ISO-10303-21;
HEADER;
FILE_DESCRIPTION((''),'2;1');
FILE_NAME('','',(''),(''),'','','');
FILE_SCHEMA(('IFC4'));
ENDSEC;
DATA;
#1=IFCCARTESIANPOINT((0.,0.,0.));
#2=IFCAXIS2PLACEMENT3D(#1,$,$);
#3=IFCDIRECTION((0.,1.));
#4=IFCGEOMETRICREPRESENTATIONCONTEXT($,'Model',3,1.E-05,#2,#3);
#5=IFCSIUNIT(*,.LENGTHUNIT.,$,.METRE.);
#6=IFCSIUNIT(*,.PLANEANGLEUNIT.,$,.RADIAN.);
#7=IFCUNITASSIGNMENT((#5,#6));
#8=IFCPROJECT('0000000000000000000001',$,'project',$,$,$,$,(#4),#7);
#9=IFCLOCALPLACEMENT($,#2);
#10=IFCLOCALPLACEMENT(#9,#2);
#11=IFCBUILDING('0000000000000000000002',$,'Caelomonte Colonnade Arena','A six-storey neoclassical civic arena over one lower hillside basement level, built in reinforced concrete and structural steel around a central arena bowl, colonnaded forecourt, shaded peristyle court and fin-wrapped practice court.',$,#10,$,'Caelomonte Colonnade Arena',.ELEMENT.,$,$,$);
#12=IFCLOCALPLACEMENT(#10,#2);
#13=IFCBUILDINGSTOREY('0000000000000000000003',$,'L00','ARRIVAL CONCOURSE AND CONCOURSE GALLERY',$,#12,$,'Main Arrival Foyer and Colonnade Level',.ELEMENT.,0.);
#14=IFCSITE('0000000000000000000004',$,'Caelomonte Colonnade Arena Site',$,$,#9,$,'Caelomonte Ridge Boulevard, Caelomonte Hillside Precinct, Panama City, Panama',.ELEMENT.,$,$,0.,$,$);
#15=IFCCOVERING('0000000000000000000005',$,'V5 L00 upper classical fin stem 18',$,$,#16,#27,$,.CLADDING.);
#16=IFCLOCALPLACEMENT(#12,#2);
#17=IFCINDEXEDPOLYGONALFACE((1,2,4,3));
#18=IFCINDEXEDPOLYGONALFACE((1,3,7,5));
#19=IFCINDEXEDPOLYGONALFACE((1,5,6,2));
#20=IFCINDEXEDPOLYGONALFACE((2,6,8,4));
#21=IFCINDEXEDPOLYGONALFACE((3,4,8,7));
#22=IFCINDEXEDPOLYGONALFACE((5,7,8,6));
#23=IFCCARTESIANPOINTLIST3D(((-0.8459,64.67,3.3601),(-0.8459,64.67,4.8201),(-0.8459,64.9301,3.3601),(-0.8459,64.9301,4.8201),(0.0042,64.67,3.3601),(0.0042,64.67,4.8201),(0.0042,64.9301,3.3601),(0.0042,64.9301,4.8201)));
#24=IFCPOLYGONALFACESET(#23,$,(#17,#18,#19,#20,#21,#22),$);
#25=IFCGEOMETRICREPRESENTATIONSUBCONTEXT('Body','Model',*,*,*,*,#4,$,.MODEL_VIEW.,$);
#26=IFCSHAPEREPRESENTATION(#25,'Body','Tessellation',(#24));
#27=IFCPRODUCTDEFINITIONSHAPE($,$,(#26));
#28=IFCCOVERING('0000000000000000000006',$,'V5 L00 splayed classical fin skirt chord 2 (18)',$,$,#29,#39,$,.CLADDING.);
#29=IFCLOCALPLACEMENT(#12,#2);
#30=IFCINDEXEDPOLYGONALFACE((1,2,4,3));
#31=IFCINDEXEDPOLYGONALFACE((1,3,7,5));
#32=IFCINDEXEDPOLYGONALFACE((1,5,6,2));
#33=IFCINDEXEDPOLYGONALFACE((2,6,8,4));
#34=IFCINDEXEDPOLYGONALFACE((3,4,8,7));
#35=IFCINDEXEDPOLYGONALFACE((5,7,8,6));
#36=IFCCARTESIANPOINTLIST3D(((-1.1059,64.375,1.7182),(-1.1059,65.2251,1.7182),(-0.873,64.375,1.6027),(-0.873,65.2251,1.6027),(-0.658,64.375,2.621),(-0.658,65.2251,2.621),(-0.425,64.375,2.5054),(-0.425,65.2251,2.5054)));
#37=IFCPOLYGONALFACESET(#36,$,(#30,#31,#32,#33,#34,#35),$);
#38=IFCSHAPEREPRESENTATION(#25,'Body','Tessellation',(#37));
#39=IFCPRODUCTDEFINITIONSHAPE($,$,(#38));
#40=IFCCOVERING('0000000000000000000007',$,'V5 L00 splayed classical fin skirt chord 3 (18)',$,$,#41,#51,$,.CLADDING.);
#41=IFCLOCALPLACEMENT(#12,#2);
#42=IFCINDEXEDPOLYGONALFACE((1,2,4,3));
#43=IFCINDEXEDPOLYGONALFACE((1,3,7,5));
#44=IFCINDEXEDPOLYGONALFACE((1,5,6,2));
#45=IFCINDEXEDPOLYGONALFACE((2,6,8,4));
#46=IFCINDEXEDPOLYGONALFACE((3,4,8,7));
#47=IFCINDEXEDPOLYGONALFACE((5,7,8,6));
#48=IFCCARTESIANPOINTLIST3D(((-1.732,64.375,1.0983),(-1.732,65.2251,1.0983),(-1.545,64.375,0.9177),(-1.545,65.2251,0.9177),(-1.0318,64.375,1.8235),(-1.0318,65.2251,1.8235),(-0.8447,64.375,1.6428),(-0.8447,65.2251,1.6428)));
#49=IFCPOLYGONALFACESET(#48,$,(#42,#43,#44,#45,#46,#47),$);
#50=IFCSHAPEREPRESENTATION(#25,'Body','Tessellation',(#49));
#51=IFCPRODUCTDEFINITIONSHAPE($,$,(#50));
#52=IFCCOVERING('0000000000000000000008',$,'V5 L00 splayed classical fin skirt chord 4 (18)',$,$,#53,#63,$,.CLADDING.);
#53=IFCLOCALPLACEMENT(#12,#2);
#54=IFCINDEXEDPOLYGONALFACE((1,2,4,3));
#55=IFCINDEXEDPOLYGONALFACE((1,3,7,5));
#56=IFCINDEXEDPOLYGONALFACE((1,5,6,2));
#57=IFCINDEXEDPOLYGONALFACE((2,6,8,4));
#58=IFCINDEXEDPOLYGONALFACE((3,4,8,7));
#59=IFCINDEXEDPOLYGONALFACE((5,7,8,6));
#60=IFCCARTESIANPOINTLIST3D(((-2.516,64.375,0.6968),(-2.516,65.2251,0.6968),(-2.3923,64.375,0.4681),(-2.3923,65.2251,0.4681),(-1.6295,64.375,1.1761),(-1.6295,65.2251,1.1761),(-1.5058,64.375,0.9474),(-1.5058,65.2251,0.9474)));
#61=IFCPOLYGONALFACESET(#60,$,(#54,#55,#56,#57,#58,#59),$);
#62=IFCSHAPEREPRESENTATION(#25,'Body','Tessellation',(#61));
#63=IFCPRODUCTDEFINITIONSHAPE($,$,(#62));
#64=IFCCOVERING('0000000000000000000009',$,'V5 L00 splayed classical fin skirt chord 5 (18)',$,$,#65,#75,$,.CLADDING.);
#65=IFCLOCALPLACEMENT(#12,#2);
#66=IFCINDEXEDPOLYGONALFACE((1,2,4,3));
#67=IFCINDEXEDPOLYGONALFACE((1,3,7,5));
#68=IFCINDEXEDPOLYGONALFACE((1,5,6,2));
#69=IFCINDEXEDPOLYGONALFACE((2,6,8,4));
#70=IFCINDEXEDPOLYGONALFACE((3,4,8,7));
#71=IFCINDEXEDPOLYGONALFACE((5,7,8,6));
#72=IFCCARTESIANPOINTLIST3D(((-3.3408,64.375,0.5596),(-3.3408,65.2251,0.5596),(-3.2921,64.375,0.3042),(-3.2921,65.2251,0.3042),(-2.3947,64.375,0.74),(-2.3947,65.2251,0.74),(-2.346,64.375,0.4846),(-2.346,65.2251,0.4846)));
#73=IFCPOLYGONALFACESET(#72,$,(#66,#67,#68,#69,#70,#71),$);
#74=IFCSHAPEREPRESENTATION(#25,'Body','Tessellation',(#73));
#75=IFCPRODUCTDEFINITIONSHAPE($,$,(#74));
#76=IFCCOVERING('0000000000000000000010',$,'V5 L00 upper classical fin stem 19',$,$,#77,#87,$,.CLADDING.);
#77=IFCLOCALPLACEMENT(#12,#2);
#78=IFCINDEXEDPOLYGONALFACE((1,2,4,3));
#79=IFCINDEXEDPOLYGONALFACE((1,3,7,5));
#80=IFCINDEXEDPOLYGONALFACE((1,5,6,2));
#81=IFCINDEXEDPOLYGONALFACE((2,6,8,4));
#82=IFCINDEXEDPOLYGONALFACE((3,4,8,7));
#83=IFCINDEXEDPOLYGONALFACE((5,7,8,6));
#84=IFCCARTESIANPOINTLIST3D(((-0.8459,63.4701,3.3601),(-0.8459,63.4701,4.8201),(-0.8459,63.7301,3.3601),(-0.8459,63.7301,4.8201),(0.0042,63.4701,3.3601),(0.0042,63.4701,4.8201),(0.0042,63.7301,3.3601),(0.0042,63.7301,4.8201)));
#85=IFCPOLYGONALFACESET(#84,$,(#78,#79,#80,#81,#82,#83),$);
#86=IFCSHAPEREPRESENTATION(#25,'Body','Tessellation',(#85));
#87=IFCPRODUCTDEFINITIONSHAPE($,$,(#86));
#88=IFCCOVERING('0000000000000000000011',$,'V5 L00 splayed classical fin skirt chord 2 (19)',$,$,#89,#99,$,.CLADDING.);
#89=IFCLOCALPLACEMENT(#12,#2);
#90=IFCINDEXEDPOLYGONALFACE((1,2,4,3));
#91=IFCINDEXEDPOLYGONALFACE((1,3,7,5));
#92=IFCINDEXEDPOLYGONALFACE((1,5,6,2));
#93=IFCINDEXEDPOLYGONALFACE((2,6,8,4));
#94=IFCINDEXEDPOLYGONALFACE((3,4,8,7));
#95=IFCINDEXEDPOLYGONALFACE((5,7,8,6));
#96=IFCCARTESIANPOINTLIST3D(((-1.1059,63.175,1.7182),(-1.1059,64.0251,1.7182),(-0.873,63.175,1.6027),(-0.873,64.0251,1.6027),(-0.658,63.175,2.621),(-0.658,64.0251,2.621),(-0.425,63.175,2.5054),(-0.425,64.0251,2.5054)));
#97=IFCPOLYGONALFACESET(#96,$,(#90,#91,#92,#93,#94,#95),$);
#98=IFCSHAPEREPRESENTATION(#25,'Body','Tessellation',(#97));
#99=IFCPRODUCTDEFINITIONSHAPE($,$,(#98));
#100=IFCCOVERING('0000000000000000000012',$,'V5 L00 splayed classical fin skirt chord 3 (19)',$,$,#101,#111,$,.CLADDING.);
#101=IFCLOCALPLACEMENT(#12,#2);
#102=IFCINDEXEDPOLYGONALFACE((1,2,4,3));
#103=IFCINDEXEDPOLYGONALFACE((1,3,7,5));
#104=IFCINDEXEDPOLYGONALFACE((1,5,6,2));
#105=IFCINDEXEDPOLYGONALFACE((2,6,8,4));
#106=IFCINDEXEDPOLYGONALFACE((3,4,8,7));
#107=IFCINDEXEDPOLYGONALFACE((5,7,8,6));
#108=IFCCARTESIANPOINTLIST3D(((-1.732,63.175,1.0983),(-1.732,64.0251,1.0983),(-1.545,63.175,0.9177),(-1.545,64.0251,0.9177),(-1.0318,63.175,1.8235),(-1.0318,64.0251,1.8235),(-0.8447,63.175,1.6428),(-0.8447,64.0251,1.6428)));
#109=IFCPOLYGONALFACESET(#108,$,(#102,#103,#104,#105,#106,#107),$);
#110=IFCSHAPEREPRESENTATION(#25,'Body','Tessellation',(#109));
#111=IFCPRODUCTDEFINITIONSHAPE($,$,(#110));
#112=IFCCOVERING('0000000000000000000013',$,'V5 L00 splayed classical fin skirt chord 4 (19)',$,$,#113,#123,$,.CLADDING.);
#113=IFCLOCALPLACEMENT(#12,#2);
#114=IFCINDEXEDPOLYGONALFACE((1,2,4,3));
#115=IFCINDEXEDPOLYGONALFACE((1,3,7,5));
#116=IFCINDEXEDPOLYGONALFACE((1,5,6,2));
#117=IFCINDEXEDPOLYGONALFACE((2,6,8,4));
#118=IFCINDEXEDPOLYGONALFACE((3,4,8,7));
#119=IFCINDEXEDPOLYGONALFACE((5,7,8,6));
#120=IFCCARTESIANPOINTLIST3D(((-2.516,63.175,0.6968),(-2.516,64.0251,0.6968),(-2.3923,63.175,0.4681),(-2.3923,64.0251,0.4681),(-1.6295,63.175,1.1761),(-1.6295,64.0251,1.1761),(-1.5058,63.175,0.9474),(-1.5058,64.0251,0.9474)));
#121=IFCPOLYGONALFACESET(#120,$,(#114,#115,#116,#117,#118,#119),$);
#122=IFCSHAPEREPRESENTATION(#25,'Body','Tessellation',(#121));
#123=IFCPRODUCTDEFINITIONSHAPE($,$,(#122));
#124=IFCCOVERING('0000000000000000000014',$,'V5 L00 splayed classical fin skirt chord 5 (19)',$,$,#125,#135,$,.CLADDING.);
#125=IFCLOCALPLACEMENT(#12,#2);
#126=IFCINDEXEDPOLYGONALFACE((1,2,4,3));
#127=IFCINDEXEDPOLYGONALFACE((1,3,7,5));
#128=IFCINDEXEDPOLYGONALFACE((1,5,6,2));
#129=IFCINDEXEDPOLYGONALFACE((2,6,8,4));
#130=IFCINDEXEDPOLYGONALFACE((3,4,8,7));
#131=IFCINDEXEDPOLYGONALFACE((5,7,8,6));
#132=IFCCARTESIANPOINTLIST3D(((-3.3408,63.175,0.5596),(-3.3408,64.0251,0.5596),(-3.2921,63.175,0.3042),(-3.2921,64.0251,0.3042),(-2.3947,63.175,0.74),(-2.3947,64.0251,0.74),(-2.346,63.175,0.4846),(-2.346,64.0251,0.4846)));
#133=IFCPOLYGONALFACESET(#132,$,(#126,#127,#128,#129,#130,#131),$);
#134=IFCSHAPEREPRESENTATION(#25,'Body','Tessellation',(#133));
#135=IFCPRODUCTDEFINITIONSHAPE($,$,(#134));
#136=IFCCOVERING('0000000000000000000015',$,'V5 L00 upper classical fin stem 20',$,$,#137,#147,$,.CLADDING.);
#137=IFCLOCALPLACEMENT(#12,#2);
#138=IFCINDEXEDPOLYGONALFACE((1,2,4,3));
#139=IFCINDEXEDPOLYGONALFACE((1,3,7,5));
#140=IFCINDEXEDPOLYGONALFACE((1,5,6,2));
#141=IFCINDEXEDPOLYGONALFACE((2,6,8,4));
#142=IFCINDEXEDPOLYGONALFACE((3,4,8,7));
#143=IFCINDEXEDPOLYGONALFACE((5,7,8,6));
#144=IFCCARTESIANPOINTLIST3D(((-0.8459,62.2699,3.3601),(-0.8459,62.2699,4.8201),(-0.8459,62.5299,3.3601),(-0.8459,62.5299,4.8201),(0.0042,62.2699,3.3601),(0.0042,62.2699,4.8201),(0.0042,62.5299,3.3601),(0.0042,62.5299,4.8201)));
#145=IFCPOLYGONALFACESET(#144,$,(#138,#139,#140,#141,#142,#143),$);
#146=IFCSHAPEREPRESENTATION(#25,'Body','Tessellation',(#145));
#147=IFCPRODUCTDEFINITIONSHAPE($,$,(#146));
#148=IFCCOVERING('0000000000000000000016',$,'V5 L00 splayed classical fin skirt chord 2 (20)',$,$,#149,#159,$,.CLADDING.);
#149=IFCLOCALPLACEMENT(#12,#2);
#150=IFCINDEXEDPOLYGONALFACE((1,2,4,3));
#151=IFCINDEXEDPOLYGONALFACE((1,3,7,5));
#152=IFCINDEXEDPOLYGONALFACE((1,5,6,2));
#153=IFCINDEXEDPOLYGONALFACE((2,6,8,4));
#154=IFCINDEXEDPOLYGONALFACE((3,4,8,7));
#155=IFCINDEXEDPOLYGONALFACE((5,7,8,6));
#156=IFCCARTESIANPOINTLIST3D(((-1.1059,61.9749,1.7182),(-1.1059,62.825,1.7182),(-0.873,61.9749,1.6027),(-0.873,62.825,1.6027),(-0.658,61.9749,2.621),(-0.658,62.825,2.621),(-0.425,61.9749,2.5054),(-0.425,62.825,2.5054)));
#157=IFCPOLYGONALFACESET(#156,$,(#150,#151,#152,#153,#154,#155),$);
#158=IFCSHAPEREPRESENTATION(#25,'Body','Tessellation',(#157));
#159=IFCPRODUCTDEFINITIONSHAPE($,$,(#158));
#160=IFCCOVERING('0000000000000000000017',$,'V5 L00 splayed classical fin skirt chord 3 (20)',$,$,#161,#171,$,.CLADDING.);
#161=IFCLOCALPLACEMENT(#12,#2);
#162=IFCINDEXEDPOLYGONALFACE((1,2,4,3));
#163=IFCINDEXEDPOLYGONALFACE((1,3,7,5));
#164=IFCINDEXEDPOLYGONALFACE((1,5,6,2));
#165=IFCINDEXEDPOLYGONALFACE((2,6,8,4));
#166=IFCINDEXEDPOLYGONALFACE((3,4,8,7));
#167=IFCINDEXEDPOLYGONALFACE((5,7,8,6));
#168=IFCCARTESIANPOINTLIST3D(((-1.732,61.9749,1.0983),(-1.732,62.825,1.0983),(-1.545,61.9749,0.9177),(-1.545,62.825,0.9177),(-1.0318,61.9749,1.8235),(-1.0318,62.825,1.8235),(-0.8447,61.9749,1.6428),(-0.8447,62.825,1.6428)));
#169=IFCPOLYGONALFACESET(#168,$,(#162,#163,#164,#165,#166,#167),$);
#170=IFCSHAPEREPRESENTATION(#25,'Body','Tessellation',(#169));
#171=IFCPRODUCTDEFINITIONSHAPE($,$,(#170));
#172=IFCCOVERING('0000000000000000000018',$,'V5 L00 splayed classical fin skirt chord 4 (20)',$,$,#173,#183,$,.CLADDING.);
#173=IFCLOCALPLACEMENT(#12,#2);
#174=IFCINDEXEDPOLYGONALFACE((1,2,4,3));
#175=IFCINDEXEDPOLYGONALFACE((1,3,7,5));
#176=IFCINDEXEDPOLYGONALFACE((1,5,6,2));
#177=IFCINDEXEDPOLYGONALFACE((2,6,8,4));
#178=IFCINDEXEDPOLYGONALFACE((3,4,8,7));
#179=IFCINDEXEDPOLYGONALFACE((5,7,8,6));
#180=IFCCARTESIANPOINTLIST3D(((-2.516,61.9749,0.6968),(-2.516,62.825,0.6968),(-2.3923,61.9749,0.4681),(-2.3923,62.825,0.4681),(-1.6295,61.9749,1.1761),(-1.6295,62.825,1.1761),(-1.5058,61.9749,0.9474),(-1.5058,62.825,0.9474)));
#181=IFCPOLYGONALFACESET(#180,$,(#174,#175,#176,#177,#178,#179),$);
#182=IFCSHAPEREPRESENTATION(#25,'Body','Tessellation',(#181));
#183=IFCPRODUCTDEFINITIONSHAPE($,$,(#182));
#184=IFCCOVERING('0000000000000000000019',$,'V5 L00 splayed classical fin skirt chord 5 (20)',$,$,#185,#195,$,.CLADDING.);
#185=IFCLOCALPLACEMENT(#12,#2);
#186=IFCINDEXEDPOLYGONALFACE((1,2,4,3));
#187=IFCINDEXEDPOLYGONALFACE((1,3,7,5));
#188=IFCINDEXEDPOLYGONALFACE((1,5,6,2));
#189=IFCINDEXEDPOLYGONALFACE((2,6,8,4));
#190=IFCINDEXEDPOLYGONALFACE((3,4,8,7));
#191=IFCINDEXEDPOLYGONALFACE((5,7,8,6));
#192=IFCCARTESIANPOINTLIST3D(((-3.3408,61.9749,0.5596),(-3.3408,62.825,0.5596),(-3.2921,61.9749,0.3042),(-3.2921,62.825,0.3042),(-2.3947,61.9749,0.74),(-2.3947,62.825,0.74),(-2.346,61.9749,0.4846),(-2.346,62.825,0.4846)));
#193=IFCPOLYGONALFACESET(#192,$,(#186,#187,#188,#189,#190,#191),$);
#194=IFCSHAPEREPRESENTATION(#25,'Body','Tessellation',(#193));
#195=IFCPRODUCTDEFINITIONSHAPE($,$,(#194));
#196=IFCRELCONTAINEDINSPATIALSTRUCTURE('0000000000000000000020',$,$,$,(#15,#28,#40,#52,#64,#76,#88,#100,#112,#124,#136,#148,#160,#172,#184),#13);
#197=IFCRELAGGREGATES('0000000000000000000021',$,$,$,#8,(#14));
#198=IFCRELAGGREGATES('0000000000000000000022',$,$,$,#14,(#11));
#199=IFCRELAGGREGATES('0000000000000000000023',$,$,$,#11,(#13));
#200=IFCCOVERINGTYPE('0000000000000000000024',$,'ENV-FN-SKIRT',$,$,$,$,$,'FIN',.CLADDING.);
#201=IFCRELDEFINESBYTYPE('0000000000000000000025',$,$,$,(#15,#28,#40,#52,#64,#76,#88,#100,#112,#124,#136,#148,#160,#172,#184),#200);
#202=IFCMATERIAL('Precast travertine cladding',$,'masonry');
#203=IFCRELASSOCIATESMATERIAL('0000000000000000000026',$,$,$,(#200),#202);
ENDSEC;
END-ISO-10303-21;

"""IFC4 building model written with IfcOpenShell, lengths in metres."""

from ifc_helpers import new_model, si_unit, direction, frame, origin, origin_2d, place, context, subcontext, project, spatial, rectangle, extrude, material, material_profile, profile_set, type_object, element, save


model = new_model("IFC4")

# Units and contexts
model_context = context("Model", 3, precision=1e-05, world=origin(), true_north=direction((0.0, 1.0)))
body_context = subcontext(model_context, "Body", "Model", "MODEL_VIEW")
ifc_project = project(units=[si_unit("LENGTHUNIT", "METRE"), si_unit("PLANEANGLEUNIT", "RADIAN")], contexts=[model_context])

# Site, building, storey
site_placement = place(None, origin())
site = spatial("IfcSite", under=ifc_project, at=site_placement, Name="Caelomonte Colonnade Arena Site", LongName="Caelomonte Ridge Boulevard, Caelomonte Hillside Precinct, Panama City, Panama", CompositionType="ELEMENT", RefElevation=0.0)
building_placement = place(site_placement, origin())
building = spatial("IfcBuilding", under=site, at=building_placement, Name="Caelomonte Colonnade Arena", Description="A six-storey neoclassical civic arena over one lower hillside basement level, built in reinforced concrete and structural steel around a central arena bowl, colonnaded forecourt, shaded peristyle court and fin-wrapped practice court.", LongName="Caelomonte Colonnade Arena", CompositionType="ELEMENT")
storey_placement = place(building_placement, origin())
storey = spatial("IfcBuildingStorey", under=building, at=storey_placement, Name="L00", Description="ARRIVAL CONCOURSE AND CONCOURSE GALLERY", LongName="Main Arrival Foyer and Colonnade Level", CompositionType="ELEMENT", Elevation=0.0)

# Coverings
ifc_material = material(Name="Precast travertine cladding", Category="masonry")
ifc_material_profile = material_profile(ifc_material, rectangle(XDim=0.26, YDim=0.8501, at=origin_2d()), Name="FIN260X850")
ifc_profile_set = profile_set([ifc_material_profile], Name="Precast travertine cladding")
covering_type = type_object("IfcCoveringType", Name="ENV-FN-SKIRT", ElementType="FIN", PredefinedType="CLADDING", material=ifc_profile_set)
covering_1_placement = place(storey_placement, frame((-0.4209, 64.8, 3.3601), z_axis=(0.0, 0.0, 1.0), x_axis=(0.0, 1.0, 0.0)))
element("IfcCovering", 1, at=covering_1_placement, inside=storey, type_object=covering_type, Name="V5 L00 upper classical fin stem 18", PredefinedType="CLADDING", context=body_context, shape_type="SweptSolid", body=[
    extrude(rectangle(XDim=0.26, YDim=0.8501, at=origin_2d()), origin(), (0.0, 0.0, 1.0), 1.46),
])
covering_2_placement = place(storey_placement, frame((-0.5415, 64.8, 2.5632), z_axis=(-0.444499, 0.0, -0.89578), x_axis=(-0.89578, 0.0, 0.444499)))
element("IfcCovering", 2, at=covering_2_placement, inside=storey, type_object=covering_type, Name="V5 L00 splayed classical fin skirt chord 2 (18)", PredefinedType="CLADDING", context=body_context, shape_type="SweptSolid", body=[
    extrude(rectangle(XDim=0.26, YDim=0.8501, at=origin_2d()), origin(), (0.0, 0.0, 1.0), 1.0078),
])
covering_3_placement = place(storey_placement, frame((-0.9382, 64.8, 1.7332), z_axis=(-0.694646, 0.0, -0.719351), x_axis=(-0.719351, 0.0, 0.694646)))
element("IfcCovering", 3, at=covering_3_placement, inside=storey, type_object=covering_type, Name="V5 L00 splayed classical fin skirt chord 3 (18)", PredefinedType="CLADDING", context=body_context, shape_type="SweptSolid", body=[
    extrude(rectangle(XDim=0.26, YDim=0.8501, at=origin_2d()), origin(), (0.0, 0.0, 1.0), 1.0081),
])
covering_4_placement = place(storey_placement, frame((-1.5676, 64.8, 1.0618), z_axis=(-0.879676, 0.0, -0.475573), x_axis=(-0.475573, 0.0, 0.879676)))
element("IfcCovering", 4, at=covering_4_placement, inside=storey, type_object=covering_type, Name="V5 L00 splayed classical fin skirt chord 4 (18)", PredefinedType="CLADDING", context=body_context, shape_type="SweptSolid", body=[
    extrude(rectangle(XDim=0.26, YDim=0.8501, at=origin_2d()), origin(), (0.0, 0.0, 1.0), 1.0078),
])
covering_5_placement = place(storey_placement, frame((-2.3704, 64.8, 0.6123), z_axis=(-0.982296, 0.0, -0.187333), x_axis=(-0.187333, 0.0, 0.982296)))
element("IfcCovering", 5, at=covering_5_placement, inside=storey, type_object=covering_type, Name="V5 L00 splayed classical fin skirt chord 5 (18)", PredefinedType="CLADDING", context=body_context, shape_type="SweptSolid", body=[
    extrude(rectangle(XDim=0.26, YDim=0.8501, at=origin_2d()), origin(), (0.0, 0.0, 1.0), 0.9631),
])
covering_6_placement = place(storey_placement, frame((-0.4209, 63.6001, 3.3601), z_axis=(0.0, 0.0, 1.0), x_axis=(0.0, 1.0, 0.0)))
element("IfcCovering", 6, at=covering_6_placement, inside=storey, type_object=covering_type, Name="V5 L00 upper classical fin stem 19", PredefinedType="CLADDING", context=body_context, shape_type="SweptSolid", body=[
    extrude(rectangle(XDim=0.26, YDim=0.8501, at=origin_2d()), origin(), (0.0, 0.0, 1.0), 1.46),
])
covering_7_placement = place(storey_placement, frame((-0.5415, 63.6001, 2.5632), z_axis=(-0.444499, 0.0, -0.89578), x_axis=(-0.89578, 0.0, 0.444499)))
element("IfcCovering", 7, at=covering_7_placement, inside=storey, type_object=covering_type, Name="V5 L00 splayed classical fin skirt chord 2 (19)", PredefinedType="CLADDING", context=body_context, shape_type="SweptSolid", body=[
    extrude(rectangle(XDim=0.26, YDim=0.8501, at=origin_2d()), origin(), (0.0, 0.0, 1.0), 1.0078),
])
covering_8_placement = place(storey_placement, frame((-0.9382, 63.6001, 1.7332), z_axis=(-0.694646, 0.0, -0.719351), x_axis=(-0.719351, 0.0, 0.694646)))
element("IfcCovering", 8, at=covering_8_placement, inside=storey, type_object=covering_type, Name="V5 L00 splayed classical fin skirt chord 3 (19)", PredefinedType="CLADDING", context=body_context, shape_type="SweptSolid", body=[
    extrude(rectangle(XDim=0.26, YDim=0.8501, at=origin_2d()), origin(), (0.0, 0.0, 1.0), 1.0081),
])
covering_9_placement = place(storey_placement, frame((-1.5676, 63.6001, 1.0618), z_axis=(-0.879676, 0.0, -0.475573), x_axis=(-0.475573, 0.0, 0.879676)))
element("IfcCovering", 9, at=covering_9_placement, inside=storey, type_object=covering_type, Name="V5 L00 splayed classical fin skirt chord 4 (19)", PredefinedType="CLADDING", context=body_context, shape_type="SweptSolid", body=[
    extrude(rectangle(XDim=0.26, YDim=0.8501, at=origin_2d()), origin(), (0.0, 0.0, 1.0), 1.0078),
])
covering_10_placement = place(storey_placement, frame((-2.3704, 63.6001, 0.6123), z_axis=(-0.982296, 0.0, -0.187333), x_axis=(-0.187333, 0.0, 0.982296)))
element("IfcCovering", 10, at=covering_10_placement, inside=storey, type_object=covering_type, Name="V5 L00 splayed classical fin skirt chord 5 (19)", PredefinedType="CLADDING", context=body_context, shape_type="SweptSolid", body=[
    extrude(rectangle(XDim=0.26, YDim=0.8501, at=origin_2d()), origin(), (0.0, 0.0, 1.0), 0.9631),
])
covering_11_placement = place(storey_placement, frame((-0.4209, 62.3999, 3.3601), z_axis=(0.0, 0.0, 1.0), x_axis=(0.0, 1.0, 0.0)))
element("IfcCovering", 11, at=covering_11_placement, inside=storey, type_object=covering_type, Name="V5 L00 upper classical fin stem 20", PredefinedType="CLADDING", context=body_context, shape_type="SweptSolid", body=[
    extrude(rectangle(XDim=0.26, YDim=0.8501, at=origin_2d()), origin(), (0.0, 0.0, 1.0), 1.46),
])
covering_12_placement = place(storey_placement, frame((-0.5415, 62.3999, 2.5632), z_axis=(-0.444499, 0.0, -0.89578), x_axis=(-0.89578, 0.0, 0.444499)))
element("IfcCovering", 12, at=covering_12_placement, inside=storey, type_object=covering_type, Name="V5 L00 splayed classical fin skirt chord 2 (20)", PredefinedType="CLADDING", context=body_context, shape_type="SweptSolid", body=[
    extrude(rectangle(XDim=0.26, YDim=0.8501, at=origin_2d()), origin(), (0.0, 0.0, 1.0), 1.0078),
])
covering_13_placement = place(storey_placement, frame((-0.9382, 62.3999, 1.7332), z_axis=(-0.694646, 0.0, -0.719351), x_axis=(-0.719351, 0.0, 0.694646)))
element("IfcCovering", 13, at=covering_13_placement, inside=storey, type_object=covering_type, Name="V5 L00 splayed classical fin skirt chord 3 (20)", PredefinedType="CLADDING", context=body_context, shape_type="SweptSolid", body=[
    extrude(rectangle(XDim=0.26, YDim=0.8501, at=origin_2d()), origin(), (0.0, 0.0, 1.0), 1.0081),
])
covering_14_placement = place(storey_placement, frame((-1.5676, 62.3999, 1.0618), z_axis=(-0.879676, 0.0, -0.475573), x_axis=(-0.475573, 0.0, 0.879676)))
element("IfcCovering", 14, at=covering_14_placement, inside=storey, type_object=covering_type, Name="V5 L00 splayed classical fin skirt chord 4 (20)", PredefinedType="CLADDING", context=body_context, shape_type="SweptSolid", body=[
    extrude(rectangle(XDim=0.26, YDim=0.8501, at=origin_2d()), origin(), (0.0, 0.0, 1.0), 1.0078),
])
covering_15_placement = place(storey_placement, frame((-2.3704, 62.3999, 0.6123), z_axis=(-0.982296, 0.0, -0.187333), x_axis=(-0.187333, 0.0, 0.982296)))
element("IfcCovering", 15, at=covering_15_placement, inside=storey, type_object=covering_type, Name="V5 L00 splayed classical fin skirt chord 5 (20)", PredefinedType="CLADDING", context=body_context, shape_type="SweptSolid", body=[
    extrude(rectangle(XDim=0.26, YDim=0.8501, at=origin_2d()), origin(), (0.0, 0.0, 1.0), 0.9631),
])

save(model, "model.ifc")
